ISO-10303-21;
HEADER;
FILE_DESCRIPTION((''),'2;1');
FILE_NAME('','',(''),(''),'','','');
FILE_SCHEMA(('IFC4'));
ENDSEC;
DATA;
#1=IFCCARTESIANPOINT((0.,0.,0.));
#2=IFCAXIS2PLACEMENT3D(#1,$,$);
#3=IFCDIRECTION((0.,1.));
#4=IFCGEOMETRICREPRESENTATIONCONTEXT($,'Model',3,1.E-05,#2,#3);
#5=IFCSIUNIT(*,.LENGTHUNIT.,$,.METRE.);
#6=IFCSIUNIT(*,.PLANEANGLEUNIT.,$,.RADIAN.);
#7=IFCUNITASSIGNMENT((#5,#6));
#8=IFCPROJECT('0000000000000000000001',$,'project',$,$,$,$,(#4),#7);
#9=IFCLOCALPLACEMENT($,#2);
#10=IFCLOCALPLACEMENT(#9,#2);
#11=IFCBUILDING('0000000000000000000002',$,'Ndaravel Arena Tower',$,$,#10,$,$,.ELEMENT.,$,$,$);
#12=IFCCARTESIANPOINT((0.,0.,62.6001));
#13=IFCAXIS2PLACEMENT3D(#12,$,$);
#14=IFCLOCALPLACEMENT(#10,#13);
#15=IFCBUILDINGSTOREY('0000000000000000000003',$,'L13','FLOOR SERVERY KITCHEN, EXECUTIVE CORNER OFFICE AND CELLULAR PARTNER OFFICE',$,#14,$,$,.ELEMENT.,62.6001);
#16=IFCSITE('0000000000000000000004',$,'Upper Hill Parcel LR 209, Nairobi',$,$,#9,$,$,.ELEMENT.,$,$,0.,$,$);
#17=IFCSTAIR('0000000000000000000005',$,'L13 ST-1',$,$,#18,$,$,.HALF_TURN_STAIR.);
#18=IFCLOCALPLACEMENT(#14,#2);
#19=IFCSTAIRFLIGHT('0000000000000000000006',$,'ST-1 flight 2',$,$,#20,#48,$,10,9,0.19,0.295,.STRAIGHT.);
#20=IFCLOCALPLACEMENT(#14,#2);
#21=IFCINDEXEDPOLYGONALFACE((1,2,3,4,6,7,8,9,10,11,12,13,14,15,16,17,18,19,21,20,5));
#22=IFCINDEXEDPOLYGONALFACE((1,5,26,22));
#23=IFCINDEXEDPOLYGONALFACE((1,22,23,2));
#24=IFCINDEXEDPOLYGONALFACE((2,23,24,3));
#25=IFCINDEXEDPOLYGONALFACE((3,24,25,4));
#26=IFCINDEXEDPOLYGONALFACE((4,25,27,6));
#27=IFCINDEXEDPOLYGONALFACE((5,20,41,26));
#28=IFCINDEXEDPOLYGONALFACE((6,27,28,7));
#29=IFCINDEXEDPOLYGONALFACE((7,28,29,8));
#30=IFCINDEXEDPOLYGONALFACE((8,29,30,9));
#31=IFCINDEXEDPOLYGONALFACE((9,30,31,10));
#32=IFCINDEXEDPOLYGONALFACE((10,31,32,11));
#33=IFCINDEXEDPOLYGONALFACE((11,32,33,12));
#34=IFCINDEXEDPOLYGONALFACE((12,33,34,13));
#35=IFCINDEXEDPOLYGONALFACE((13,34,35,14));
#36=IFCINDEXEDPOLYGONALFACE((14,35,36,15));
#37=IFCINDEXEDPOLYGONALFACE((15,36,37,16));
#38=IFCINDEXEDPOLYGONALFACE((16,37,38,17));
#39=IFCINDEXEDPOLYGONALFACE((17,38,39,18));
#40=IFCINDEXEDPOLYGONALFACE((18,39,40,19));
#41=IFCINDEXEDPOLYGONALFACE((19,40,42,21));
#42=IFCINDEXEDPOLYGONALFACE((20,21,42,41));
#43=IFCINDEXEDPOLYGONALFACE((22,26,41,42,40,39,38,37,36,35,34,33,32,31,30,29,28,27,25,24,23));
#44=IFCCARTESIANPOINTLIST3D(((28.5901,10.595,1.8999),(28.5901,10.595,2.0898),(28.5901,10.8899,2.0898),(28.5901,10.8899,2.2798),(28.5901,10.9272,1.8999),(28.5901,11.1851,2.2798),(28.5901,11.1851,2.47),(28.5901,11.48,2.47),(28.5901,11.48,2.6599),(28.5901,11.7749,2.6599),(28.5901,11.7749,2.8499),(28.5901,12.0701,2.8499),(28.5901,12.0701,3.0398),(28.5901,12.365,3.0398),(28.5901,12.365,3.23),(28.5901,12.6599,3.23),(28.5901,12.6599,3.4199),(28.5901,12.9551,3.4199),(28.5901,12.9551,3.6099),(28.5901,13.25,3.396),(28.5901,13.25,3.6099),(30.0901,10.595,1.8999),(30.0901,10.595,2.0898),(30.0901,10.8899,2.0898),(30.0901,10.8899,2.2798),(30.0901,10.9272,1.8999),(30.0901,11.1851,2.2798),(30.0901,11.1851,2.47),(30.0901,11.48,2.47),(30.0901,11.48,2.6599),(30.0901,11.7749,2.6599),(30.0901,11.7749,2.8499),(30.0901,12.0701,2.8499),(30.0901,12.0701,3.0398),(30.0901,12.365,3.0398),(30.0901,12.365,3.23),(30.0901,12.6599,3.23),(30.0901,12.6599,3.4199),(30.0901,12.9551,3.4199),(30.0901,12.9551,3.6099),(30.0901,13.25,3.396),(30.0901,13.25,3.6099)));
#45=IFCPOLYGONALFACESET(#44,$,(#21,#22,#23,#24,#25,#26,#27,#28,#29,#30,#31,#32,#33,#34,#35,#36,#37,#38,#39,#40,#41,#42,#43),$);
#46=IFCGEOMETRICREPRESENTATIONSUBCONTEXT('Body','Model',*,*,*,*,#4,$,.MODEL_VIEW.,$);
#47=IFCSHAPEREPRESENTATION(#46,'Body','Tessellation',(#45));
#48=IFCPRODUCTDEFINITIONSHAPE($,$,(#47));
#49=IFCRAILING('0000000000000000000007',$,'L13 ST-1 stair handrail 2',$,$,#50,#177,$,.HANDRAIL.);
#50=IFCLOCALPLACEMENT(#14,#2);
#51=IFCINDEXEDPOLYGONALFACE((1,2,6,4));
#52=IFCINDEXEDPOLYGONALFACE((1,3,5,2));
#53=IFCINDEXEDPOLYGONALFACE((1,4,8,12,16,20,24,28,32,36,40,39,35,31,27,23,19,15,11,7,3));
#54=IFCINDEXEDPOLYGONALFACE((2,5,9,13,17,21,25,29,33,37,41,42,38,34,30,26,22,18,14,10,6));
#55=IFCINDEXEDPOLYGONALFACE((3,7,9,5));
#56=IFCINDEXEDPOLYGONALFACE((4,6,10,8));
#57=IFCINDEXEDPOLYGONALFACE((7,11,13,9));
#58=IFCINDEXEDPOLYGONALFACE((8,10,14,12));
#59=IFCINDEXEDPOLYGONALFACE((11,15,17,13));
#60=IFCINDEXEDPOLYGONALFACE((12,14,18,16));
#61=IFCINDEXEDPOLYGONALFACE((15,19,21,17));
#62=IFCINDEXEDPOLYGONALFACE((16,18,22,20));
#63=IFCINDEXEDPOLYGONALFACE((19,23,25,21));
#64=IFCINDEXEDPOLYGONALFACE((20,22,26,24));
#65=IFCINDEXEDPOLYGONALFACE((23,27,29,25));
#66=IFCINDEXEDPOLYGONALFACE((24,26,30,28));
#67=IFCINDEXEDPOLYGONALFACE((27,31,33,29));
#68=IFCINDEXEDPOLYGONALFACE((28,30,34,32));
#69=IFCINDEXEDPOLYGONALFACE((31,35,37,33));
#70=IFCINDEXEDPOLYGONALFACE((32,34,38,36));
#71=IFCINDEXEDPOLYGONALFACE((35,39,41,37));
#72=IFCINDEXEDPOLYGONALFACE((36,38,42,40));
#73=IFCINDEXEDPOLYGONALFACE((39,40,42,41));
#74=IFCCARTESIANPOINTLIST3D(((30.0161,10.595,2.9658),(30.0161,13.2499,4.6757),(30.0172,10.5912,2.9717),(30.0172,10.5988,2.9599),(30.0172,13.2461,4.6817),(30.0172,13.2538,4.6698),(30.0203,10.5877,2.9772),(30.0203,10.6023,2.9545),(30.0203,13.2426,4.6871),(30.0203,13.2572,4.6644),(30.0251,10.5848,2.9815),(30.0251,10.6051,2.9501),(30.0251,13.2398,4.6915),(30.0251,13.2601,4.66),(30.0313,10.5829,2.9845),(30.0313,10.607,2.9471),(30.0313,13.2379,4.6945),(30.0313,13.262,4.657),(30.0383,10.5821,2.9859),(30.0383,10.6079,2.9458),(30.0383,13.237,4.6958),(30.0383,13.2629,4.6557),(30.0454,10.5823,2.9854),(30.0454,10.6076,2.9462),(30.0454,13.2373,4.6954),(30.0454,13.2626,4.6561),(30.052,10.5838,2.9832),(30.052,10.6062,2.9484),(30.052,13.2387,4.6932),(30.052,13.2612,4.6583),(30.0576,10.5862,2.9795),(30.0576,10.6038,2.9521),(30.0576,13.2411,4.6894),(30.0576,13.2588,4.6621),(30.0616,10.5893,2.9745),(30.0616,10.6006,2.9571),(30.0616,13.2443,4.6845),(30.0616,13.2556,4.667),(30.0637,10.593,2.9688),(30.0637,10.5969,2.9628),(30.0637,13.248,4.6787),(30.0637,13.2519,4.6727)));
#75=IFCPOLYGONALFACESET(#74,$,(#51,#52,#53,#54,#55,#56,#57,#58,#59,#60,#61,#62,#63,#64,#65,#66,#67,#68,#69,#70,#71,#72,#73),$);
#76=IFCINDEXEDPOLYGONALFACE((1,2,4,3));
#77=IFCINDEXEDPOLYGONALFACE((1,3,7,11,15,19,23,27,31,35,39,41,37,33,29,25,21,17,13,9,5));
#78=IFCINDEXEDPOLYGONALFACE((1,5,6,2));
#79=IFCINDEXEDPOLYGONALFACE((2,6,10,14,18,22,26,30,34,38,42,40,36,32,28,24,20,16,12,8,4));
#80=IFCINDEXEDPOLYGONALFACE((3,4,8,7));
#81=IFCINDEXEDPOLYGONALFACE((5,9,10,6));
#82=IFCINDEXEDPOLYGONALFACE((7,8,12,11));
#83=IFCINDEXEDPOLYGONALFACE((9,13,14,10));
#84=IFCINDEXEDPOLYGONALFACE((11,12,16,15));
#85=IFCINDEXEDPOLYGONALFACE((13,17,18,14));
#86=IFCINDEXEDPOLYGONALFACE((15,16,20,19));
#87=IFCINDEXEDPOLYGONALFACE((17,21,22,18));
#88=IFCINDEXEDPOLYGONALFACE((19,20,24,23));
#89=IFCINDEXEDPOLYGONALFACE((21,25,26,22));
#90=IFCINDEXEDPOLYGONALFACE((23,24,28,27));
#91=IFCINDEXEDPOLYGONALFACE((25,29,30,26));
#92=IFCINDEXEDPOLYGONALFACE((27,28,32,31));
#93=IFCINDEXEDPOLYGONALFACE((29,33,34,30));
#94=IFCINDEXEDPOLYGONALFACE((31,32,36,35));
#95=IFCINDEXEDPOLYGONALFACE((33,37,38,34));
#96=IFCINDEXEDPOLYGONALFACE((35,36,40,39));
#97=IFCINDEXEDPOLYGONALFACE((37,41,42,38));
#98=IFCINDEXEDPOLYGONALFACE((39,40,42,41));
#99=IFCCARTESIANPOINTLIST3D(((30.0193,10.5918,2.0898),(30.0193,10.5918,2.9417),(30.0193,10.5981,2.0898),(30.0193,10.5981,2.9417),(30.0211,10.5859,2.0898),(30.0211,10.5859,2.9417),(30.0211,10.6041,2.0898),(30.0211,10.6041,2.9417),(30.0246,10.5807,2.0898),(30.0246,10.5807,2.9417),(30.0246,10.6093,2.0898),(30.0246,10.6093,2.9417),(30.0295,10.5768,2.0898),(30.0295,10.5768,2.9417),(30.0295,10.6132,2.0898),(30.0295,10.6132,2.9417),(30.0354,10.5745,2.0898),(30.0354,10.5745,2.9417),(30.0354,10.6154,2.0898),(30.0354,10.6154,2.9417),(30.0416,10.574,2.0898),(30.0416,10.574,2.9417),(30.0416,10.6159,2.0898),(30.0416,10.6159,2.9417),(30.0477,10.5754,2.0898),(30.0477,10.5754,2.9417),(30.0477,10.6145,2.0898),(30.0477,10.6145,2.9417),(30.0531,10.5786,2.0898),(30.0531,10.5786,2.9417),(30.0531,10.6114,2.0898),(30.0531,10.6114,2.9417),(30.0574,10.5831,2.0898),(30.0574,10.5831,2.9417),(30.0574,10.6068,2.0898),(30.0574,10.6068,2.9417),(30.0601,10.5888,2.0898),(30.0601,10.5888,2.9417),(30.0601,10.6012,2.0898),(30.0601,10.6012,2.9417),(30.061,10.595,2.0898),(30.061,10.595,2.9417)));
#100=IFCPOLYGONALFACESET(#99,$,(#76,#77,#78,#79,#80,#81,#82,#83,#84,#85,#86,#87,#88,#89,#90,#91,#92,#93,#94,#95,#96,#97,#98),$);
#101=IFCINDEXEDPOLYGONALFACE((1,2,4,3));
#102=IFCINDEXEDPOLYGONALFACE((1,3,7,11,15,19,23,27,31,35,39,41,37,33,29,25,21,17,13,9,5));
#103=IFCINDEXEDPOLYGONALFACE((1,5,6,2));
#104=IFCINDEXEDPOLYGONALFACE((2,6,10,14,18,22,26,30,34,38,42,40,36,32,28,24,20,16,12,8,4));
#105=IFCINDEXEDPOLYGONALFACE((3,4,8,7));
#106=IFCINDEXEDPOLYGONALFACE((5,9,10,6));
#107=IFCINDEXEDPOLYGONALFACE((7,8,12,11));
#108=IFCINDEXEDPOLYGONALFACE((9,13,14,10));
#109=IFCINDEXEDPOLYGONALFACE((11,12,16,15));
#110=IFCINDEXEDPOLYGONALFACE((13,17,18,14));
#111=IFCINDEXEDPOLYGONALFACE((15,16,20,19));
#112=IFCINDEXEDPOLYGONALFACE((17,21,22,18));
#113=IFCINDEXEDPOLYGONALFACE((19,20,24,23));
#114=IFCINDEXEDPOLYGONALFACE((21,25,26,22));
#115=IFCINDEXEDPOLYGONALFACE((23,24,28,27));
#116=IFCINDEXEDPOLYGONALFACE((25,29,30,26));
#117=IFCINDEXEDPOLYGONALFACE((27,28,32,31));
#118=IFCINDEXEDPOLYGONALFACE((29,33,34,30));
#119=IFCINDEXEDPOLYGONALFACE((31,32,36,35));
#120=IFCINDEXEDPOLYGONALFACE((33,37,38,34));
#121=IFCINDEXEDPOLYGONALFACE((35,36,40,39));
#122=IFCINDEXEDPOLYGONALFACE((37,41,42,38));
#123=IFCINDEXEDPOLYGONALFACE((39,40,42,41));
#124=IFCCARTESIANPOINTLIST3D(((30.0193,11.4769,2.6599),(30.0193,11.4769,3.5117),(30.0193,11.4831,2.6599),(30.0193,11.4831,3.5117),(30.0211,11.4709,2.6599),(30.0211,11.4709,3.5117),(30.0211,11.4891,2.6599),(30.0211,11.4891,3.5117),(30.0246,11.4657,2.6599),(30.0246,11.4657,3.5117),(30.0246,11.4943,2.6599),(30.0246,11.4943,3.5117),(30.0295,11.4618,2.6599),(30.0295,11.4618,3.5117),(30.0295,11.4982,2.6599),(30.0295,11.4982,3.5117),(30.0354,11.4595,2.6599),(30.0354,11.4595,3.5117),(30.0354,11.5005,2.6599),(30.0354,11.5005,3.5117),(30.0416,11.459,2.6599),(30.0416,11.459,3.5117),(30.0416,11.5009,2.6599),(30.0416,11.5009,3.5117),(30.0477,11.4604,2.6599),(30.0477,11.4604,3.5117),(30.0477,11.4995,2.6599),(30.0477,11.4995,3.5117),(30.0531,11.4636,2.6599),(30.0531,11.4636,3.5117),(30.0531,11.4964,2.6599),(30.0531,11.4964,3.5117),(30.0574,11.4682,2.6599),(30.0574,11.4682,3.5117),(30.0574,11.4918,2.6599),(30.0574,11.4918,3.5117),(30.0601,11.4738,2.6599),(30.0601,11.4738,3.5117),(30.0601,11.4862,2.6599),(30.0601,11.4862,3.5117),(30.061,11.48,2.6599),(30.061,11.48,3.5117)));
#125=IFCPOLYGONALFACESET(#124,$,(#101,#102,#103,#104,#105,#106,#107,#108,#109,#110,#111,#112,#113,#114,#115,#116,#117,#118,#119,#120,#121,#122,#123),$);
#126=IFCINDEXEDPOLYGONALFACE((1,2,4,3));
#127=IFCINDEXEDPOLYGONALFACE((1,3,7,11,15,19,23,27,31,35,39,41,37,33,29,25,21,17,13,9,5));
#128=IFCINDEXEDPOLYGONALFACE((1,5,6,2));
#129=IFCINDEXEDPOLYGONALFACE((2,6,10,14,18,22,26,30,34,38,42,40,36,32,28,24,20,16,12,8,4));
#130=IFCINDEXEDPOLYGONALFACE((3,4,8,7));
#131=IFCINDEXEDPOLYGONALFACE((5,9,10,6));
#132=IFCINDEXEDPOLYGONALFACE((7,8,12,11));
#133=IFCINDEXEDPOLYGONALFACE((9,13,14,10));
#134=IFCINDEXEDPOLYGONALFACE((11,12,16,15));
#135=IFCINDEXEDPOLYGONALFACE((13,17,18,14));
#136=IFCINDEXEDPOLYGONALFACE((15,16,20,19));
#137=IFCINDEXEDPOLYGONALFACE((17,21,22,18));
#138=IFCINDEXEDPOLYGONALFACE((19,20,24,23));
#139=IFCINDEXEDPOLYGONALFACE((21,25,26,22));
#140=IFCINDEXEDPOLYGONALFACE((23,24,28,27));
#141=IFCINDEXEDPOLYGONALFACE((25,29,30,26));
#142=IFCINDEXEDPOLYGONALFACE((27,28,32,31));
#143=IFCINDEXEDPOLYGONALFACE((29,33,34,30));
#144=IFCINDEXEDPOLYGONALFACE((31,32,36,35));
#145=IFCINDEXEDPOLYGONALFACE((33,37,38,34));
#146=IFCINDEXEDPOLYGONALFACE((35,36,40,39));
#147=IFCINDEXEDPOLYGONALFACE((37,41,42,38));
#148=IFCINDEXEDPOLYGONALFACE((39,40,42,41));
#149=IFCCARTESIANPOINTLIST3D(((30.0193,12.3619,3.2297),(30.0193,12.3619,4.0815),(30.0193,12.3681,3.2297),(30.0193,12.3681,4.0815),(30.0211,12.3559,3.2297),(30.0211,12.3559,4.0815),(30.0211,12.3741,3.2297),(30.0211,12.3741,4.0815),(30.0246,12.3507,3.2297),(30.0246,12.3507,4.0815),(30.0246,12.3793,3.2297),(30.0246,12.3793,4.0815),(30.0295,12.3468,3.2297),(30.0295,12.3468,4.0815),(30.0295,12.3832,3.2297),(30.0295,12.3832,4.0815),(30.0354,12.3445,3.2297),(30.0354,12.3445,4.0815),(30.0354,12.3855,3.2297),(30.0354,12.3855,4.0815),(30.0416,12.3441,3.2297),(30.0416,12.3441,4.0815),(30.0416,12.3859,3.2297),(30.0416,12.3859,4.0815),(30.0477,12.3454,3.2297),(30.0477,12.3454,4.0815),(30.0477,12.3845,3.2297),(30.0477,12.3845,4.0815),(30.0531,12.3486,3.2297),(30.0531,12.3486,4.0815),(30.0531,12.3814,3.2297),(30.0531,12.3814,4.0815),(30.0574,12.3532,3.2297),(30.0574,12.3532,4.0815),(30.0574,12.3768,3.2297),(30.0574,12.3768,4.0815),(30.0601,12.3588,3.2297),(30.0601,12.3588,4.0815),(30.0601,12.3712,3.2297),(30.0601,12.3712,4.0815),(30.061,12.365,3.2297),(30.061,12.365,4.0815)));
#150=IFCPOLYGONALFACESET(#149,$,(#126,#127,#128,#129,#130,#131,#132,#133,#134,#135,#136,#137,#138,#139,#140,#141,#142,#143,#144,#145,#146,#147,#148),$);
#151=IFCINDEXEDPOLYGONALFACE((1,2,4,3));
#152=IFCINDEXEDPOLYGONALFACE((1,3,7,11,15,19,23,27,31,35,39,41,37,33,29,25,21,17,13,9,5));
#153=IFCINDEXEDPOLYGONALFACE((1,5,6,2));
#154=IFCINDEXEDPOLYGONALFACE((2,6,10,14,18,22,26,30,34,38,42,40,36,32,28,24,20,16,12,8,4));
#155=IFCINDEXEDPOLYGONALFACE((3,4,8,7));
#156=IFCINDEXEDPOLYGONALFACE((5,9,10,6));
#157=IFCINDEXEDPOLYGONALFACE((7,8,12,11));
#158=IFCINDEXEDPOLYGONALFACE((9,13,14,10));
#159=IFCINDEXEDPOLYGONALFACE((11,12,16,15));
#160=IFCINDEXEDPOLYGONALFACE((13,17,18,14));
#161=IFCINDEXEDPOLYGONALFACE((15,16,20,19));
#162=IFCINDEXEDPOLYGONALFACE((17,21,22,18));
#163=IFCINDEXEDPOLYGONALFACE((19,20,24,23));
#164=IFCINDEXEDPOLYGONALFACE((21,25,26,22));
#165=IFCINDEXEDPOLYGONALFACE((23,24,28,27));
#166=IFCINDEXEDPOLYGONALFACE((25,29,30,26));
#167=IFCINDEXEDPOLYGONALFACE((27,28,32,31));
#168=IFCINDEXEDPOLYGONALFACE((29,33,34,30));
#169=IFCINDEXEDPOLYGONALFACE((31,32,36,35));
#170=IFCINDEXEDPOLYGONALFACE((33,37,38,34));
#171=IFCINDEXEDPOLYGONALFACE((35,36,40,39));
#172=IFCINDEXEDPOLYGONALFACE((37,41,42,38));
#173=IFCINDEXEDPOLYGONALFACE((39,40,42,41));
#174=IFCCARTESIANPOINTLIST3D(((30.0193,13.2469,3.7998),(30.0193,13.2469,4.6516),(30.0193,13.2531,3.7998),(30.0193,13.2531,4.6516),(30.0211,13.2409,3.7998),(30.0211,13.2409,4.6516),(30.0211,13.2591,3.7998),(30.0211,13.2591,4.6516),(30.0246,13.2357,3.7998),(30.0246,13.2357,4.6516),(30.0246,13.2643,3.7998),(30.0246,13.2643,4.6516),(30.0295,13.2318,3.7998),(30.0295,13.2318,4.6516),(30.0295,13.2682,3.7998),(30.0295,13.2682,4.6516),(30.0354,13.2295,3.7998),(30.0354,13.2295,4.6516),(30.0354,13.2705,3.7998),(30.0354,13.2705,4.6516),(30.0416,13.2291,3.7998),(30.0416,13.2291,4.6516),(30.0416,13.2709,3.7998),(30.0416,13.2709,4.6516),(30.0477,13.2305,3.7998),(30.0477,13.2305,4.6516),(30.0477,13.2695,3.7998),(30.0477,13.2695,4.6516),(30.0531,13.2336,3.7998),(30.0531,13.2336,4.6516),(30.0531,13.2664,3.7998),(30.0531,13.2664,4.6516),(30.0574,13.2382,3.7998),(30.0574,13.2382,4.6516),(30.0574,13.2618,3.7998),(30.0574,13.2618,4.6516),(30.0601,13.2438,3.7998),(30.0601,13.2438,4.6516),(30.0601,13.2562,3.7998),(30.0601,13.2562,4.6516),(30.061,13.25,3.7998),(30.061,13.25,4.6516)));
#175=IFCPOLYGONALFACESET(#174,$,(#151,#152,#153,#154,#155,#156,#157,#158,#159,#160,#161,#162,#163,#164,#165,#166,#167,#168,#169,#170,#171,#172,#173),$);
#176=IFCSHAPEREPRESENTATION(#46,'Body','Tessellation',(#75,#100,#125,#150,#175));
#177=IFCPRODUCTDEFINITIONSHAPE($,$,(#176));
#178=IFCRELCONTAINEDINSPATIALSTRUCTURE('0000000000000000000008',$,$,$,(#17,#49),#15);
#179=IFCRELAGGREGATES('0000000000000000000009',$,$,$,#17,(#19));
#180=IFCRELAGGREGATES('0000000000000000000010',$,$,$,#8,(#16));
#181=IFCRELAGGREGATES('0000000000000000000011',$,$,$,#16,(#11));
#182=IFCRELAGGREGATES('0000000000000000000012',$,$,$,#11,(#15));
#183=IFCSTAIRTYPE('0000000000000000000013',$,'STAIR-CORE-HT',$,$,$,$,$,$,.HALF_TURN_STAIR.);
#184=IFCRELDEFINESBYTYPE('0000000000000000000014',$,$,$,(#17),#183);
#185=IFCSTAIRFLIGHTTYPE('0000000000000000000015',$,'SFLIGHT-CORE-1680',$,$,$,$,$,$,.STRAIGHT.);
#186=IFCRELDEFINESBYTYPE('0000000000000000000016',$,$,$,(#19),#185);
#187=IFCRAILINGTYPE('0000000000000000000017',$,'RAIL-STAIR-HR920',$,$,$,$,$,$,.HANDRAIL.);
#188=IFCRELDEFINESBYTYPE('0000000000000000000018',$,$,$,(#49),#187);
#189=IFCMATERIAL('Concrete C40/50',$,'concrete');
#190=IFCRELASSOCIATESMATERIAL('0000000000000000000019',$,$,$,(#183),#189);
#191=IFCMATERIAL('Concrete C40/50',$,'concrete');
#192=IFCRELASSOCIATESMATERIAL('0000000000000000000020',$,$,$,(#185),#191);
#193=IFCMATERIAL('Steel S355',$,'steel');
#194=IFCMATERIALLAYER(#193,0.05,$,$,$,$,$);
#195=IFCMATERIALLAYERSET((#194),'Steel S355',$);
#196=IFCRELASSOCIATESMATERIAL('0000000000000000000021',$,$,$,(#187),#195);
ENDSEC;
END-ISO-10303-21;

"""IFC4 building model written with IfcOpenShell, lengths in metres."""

from ifc_helpers import new_model, si_unit, direction, frame, origin, origin_2d, place, context, subcontext, project, spatial, polyline, circle, outline, extrude, material, layer, layer_set, type_object, element, aggregate, save


model = new_model("IFC4")

# Units and contexts
model_context = context("Model", 3, precision=1e-05, world=origin(), true_north=direction((0.0, 1.0)))
body_context = subcontext(model_context, "Body", "Model", "MODEL_VIEW")
ifc_project = project(units=[si_unit("LENGTHUNIT", "METRE"), si_unit("PLANEANGLEUNIT", "RADIAN")], contexts=[model_context])

# Site, building, storey
site_placement = place(None, origin())
site = spatial("IfcSite", under=ifc_project, at=site_placement, Name="Upper Hill Parcel LR 209, Nairobi", CompositionType="ELEMENT", RefElevation=0.0)
building_placement = place(site_placement, origin())
building = spatial("IfcBuilding", under=site, at=building_placement, Name="Ndaravel Arena Tower", CompositionType="ELEMENT")
storey_placement = place(building_placement, frame((0.0, 0.0, 62.6001)))
storey = spatial("IfcBuildingStorey", under=building, at=storey_placement, Name="L13", Description="FLOOR SERVERY KITCHEN, EXECUTIVE CORNER OFFICE AND CELLULAR PARTNER OFFICE", CompositionType="ELEMENT", Elevation=62.6001)

# Stair, stair flight
ifc_material_1 = material(Name="Concrete C40/50", Category="concrete")
stair_type = type_object("IfcStairType", Name="STAIR-CORE-HT", PredefinedType="HALF_TURN_STAIR", material=ifc_material_1)
stair_placement = place(storey_placement, origin())
stair = element("IfcStair", 1, at=stair_placement, inside=storey, type_object=stair_type, Name="L13 ST-1", PredefinedType="HALF_TURN_STAIR")
ifc_material_2 = material(Name="Concrete C40/50", Category="concrete")
stair_flight_type = type_object("IfcStairFlightType", Name="SFLIGHT-CORE-1680", PredefinedType="STRAIGHT", material=ifc_material_2)
stair_flight_placement = place(storey_placement, frame((29.3401, 10.595, 1.8999), z_axis=(0.0, 0.0, 1.0), x_axis=(0.0, 1.0, 0.0)))
stair_flight = element("IfcStairFlight", 2, at=stair_flight_placement, type_object=stair_flight_type, Name="ST-1 flight 2", NumberOfRisers=10, NumberOfTreads=9, PredefinedType="STRAIGHT", RiserHeight=0.19, TreadLength=0.295, context=body_context, shape_type="SweptSolid", body=[
    extrude(outline(polyline([(0.0, 0.0), (0.0, 0.1899), (0.2949, 0.1899), (0.2949, 0.3799), (0.5901, 0.3799), (0.5901, 0.5701), (0.885, 0.5701), (0.885, 0.76), (1.1799, 0.76), (1.1799, 0.95), (1.4751, 0.95), (1.4751, 1.1399), (1.77, 1.1399), (1.77, 1.3301), (2.0649, 1.3301), (2.0649, 1.52), (2.3601, 1.52), (2.3601, 1.71), (2.655, 1.71), (2.655, 1.8999), (2.655, 1.4961), (0.3323, 0.0), (0.0, 0.0)])), frame((0.0, 0.75, 0.0), z_axis=(0.0, -1.0, 0.0), x_axis=(1.0, 0.0, 0.0)), (0.0, 0.0, 1.0), 1.5),
])
aggregate(stair, [stair_flight])

# Railing
ifc_material_3 = material(Name="Steel S355", Category="steel")
ifc_layer_1 = layer(ifc_material_3, 0.05)
ifc_layer_set_1 = layer_set([ifc_layer_1], Name="Steel S355")
railing_type_1 = type_object("IfcRailingType", Name="RAIL-STAIR-HR920", PredefinedType="HANDRAIL", material=ifc_layer_set_1)
railing_1_placement = place(storey_placement, frame((30.04, 10.595, 2.0898)))
element("IfcRailing", 3, at=railing_1_placement, inside=storey, type_object=railing_type_1, Name="L13 ST-1 stair handrail 2", PredefinedType="HANDRAIL", context=body_context, shape_type="SweptSolid", body=[
    extrude(circle(Radius=0.0239, at=origin_2d()), frame((0.0, 0.0, 0.876), z_axis=(0.0, 0.840724, 0.541465), x_axis=(-1.0, 0.0, 0.0)), (0.0, 0.0, 1.0), 3.158),
    extrude(circle(Radius=0.021, at=origin_2d()), origin(), (0.0, 0.0, 1.0), 0.8518),
    extrude(circle(Radius=0.021, at=origin_2d()), frame((0.0, 0.885, 0.5701)), (0.0, 0.0, 1.0), 0.8518),
    extrude(circle(Radius=0.021, at=origin_2d()), frame((0.0, 1.77, 1.1399)), (0.0, 0.0, 1.0), 0.8518),
    extrude(circle(Radius=0.021, at=origin_2d()), frame((0.0, 2.655, 1.71)), (0.0, 0.0, 1.0), 0.8518),
])

save(model, "model.ifc")
